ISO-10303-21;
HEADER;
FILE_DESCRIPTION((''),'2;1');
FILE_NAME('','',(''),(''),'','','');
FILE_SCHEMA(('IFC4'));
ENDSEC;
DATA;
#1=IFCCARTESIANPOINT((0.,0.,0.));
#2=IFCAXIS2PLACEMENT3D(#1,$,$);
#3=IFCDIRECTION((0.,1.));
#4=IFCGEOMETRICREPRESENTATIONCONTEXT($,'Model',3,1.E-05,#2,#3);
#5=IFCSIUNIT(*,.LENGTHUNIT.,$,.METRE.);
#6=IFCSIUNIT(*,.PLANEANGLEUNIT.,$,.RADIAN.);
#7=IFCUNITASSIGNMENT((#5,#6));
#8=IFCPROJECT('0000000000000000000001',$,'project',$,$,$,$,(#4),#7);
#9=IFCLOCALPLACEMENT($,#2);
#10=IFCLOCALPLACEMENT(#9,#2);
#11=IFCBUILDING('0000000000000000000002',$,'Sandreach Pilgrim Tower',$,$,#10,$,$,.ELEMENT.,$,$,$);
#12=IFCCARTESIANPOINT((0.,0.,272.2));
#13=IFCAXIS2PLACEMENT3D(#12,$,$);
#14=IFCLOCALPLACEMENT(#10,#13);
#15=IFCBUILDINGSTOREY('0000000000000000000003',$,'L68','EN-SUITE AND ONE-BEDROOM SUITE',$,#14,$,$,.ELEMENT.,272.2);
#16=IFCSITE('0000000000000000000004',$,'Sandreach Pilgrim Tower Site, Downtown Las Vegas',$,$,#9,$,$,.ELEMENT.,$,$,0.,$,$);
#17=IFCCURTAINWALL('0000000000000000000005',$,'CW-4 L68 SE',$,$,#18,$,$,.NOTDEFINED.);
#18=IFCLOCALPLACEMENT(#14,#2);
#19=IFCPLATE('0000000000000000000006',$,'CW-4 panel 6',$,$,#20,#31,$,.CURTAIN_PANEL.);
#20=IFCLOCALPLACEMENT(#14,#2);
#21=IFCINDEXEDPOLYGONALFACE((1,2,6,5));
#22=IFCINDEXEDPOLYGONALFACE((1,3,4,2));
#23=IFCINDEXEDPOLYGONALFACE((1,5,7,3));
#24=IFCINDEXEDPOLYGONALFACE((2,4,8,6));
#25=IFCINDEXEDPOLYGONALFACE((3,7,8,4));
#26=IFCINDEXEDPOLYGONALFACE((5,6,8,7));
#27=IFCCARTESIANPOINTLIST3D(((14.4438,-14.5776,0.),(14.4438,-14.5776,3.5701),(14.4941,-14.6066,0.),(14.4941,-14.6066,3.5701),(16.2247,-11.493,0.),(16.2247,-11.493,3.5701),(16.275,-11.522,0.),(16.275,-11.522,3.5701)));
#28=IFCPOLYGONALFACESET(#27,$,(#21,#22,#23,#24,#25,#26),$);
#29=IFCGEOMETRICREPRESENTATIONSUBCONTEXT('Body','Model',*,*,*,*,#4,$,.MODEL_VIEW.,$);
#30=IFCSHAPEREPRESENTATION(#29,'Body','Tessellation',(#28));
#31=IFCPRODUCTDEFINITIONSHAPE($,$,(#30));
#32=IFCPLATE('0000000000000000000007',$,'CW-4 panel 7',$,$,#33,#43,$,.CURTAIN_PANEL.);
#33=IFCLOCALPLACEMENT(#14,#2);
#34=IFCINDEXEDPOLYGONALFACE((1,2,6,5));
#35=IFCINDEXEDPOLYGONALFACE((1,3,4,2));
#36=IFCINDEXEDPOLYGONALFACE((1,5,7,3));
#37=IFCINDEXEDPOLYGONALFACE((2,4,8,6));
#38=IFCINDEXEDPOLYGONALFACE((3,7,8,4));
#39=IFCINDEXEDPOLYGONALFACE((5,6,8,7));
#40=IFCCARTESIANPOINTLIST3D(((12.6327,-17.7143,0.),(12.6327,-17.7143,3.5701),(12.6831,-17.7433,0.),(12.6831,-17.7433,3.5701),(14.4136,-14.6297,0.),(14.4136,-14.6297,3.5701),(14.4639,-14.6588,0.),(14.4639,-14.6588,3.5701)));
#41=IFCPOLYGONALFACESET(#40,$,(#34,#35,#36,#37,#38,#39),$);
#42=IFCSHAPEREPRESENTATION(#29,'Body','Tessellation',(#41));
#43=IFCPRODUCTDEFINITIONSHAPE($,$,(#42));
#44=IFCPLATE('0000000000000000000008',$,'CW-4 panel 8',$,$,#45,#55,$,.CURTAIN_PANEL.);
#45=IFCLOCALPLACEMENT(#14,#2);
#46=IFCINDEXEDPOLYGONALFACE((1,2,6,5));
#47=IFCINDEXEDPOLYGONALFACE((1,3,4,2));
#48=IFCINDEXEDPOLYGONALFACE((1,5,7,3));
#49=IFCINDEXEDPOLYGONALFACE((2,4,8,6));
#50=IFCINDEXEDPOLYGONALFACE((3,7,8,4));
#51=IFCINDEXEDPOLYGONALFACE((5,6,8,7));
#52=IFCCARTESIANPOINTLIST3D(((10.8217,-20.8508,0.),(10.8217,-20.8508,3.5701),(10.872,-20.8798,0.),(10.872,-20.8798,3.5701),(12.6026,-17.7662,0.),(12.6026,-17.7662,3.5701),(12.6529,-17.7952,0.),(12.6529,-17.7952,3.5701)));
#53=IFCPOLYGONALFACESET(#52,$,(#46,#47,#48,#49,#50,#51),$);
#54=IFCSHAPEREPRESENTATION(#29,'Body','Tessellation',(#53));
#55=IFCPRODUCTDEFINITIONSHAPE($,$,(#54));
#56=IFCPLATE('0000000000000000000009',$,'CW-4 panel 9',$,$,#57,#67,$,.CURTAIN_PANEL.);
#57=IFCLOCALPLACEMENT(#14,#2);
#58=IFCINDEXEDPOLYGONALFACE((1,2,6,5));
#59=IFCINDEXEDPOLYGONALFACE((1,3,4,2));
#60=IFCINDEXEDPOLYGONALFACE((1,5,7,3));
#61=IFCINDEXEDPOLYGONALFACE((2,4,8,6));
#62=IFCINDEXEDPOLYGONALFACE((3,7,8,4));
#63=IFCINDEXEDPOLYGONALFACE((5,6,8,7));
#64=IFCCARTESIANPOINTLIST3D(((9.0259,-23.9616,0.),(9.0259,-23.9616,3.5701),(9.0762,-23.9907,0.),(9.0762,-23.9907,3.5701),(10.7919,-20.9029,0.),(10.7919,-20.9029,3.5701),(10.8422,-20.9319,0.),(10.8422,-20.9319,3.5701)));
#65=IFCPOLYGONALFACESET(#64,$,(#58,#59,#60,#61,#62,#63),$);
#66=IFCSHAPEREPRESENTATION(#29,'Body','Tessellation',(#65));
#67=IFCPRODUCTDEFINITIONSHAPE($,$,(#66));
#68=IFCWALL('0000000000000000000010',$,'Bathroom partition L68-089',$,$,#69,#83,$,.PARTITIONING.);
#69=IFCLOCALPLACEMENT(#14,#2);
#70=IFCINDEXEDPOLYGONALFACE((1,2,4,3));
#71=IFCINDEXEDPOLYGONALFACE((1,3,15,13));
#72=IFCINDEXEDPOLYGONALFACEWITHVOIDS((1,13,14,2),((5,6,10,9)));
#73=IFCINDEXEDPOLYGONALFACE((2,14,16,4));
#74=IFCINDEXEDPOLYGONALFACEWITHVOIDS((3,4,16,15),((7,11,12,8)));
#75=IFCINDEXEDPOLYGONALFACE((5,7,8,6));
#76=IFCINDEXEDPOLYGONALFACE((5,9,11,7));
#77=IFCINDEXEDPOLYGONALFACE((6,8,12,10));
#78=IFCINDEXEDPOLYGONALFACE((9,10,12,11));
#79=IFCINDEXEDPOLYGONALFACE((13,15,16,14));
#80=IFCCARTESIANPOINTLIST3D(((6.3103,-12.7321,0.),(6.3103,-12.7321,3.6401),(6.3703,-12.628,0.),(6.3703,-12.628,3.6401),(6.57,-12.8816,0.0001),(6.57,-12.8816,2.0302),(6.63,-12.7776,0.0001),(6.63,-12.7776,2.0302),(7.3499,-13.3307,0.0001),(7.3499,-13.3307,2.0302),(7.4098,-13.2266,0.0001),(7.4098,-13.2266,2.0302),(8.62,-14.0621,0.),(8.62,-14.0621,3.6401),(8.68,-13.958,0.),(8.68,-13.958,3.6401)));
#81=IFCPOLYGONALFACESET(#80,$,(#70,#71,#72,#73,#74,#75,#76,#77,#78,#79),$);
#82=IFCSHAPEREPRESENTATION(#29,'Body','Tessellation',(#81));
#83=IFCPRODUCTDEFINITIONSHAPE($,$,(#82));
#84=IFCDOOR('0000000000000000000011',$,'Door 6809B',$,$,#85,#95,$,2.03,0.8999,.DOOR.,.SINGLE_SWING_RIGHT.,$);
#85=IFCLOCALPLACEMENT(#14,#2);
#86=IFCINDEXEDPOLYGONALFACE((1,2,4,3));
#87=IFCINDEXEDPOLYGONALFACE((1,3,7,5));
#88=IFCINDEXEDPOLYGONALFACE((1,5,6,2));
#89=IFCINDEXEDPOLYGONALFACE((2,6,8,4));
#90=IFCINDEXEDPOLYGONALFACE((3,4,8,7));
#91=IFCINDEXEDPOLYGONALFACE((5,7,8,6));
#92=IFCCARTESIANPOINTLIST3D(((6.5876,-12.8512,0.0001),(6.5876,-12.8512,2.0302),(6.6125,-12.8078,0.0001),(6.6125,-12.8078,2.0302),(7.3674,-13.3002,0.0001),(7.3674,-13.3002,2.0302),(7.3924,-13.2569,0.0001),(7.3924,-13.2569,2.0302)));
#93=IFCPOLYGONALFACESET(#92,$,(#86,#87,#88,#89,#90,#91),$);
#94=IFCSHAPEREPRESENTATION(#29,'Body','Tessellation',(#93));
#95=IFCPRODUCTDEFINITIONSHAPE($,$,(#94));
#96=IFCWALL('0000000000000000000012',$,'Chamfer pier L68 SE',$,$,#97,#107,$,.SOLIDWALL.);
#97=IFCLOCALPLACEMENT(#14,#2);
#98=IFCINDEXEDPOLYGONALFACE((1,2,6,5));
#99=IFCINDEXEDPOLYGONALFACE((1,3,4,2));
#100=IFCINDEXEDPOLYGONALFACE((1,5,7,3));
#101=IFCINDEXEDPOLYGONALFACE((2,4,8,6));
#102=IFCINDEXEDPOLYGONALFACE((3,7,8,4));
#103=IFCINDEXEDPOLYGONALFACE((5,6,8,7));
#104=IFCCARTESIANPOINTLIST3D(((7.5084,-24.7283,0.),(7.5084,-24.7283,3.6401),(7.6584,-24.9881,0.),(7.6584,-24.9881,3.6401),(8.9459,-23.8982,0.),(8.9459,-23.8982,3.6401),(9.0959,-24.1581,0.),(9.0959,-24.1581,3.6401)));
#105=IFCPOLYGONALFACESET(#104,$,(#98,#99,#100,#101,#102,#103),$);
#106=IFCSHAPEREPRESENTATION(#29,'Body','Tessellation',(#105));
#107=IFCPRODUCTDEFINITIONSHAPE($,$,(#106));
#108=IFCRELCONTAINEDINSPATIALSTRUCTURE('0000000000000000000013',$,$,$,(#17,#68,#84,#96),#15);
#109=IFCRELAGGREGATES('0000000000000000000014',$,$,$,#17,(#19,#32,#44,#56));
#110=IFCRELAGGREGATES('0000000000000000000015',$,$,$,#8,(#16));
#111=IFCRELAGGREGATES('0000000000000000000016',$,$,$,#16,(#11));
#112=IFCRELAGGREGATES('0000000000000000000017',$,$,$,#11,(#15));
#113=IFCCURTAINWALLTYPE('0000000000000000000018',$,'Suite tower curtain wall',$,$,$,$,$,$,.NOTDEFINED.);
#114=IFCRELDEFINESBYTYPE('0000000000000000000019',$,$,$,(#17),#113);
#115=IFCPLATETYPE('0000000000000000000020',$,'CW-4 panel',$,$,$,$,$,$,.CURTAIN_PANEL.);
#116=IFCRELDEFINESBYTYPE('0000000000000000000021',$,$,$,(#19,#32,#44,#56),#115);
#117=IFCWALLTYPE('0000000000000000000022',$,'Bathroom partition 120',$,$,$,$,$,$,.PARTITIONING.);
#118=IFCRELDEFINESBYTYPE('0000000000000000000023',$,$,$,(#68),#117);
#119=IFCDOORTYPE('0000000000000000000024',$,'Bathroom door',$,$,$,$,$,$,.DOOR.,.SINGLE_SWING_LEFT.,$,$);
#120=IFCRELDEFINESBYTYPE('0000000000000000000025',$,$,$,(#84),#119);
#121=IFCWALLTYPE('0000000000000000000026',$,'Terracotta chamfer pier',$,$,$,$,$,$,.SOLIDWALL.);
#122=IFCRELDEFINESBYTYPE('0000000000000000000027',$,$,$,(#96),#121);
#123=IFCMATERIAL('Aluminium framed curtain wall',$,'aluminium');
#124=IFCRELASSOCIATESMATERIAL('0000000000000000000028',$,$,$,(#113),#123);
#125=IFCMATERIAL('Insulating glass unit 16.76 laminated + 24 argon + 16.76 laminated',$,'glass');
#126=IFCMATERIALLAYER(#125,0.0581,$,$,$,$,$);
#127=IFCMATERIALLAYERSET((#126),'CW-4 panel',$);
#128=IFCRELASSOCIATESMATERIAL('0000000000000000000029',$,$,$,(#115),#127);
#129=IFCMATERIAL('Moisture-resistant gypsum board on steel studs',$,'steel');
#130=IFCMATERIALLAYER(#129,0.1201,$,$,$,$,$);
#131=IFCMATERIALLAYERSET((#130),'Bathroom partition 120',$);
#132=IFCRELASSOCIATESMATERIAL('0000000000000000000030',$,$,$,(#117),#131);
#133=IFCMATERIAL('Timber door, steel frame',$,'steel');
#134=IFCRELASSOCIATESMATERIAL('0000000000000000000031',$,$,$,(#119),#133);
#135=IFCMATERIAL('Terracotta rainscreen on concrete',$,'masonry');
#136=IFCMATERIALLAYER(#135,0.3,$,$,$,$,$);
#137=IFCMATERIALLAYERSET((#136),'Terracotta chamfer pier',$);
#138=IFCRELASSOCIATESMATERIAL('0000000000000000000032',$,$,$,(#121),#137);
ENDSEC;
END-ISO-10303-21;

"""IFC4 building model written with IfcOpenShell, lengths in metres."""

from ifc_helpers import new_model, si_unit, direction, frame, frame_2d, origin, origin_2d, place, context, subcontext, project, spatial, rectangle, extrude, material, layer, layer_set, type_object, element, fill, aggregate, save


model = new_model("IFC4")

# Units and contexts
model_context = context("Model", 3, precision=1e-05, world=origin(), true_north=direction((0.0, 1.0)))
body_context = subcontext(model_context, "Body", "Model", "MODEL_VIEW")
ifc_project = project(units=[si_unit("LENGTHUNIT", "METRE"), si_unit("PLANEANGLEUNIT", "RADIAN")], contexts=[model_context])

# Site, building, storey
site_placement = place(None, origin())
site = spatial("IfcSite", under=ifc_project, at=site_placement, Name="Sandreach Pilgrim Tower Site, Downtown Las Vegas", CompositionType="ELEMENT", RefElevation=0.0)
building_placement = place(site_placement, origin())
building = spatial("IfcBuilding", under=site, at=building_placement, Name="Sandreach Pilgrim Tower", CompositionType="ELEMENT")
storey_placement = place(building_placement, frame((0.0, 0.0, 272.2)))
storey = spatial("IfcBuildingStorey", under=building, at=storey_placement, Name="L68", Description="EN-SUITE AND ONE-BEDROOM SUITE", CompositionType="ELEMENT", Elevation=272.2)

# Curtain wall
ifc_material_1 = material(Name="Aluminium framed curtain wall", Category="aluminium")
curtain_wall_type = type_object("IfcCurtainWallType", Name="Suite tower curtain wall", PredefinedType="NOTDEFINED", material=ifc_material_1)
curtain_wall_1_placement = place(storey_placement, origin())
curtain_wall_1 = element("IfcCurtainWall", 1, at=curtain_wall_1_placement, inside=storey, type_object=curtain_wall_type, Name="CW-4 L68 SE", PredefinedType="NOTDEFINED")

# Plates
ifc_material_2 = material(Name="Insulating glass unit 16.76 laminated + 24 argon + 16.76 laminated", Category="glass")
ifc_layer_1 = layer(ifc_material_2, 0.0581)
ifc_layer_set_1 = layer_set([ifc_layer_1], Name="CW-4 panel")
plate_type = type_object("IfcPlateType", Name="CW-4 panel", PredefinedType="CURTAIN_PANEL", material=ifc_layer_set_1)
plate_1_placement = place(storey_placement, frame((15.3594, -13.0498, 0.0), z_axis=(0.0, 0.0, 1.0), x_axis=(-0.5, -0.866025, 0.0)))
plate_1 = element("IfcPlate", 2, at=plate_1_placement, type_object=plate_type, Name="CW-4 panel 6", PredefinedType="CURTAIN_PANEL", context=body_context, shape_type="SweptSolid", body=[
    extrude(rectangle(XDim=3.5618, YDim=0.0581, at=origin_2d()), origin(), (0.0, 0.0, 1.0), 3.5701),
])
plate_2_placement = place(storey_placement, frame((13.5483, -16.1865, 0.0), z_axis=(0.0, 0.0, 1.0), x_axis=(-0.5, -0.866025, 0.0)))
plate_2 = element("IfcPlate", 3, at=plate_2_placement, type_object=plate_type, Name="CW-4 panel 7", PredefinedType="CURTAIN_PANEL", context=body_context, shape_type="SweptSolid", body=[
    extrude(rectangle(XDim=3.5618, YDim=0.0581, at=origin_2d()), origin(), (0.0, 0.0, 1.0), 3.5701),
])
plate_3_placement = place(storey_placement, frame((11.7373, -19.323, 0.0), z_axis=(0.0, 0.0, 1.0), x_axis=(-0.5, -0.866025, 0.0)))
plate_3 = element("IfcPlate", 4, at=plate_3_placement, type_object=plate_type, Name="CW-4 panel 8", PredefinedType="CURTAIN_PANEL", context=body_context, shape_type="SweptSolid", body=[
    extrude(rectangle(XDim=3.5618, YDim=0.0581, at=origin_2d()), origin(), (0.0, 0.0, 1.0), 3.5701),
])
plate_4_placement = place(storey_placement, frame((9.9341, -22.4468, 0.0), z_axis=(0.0, 0.0, 1.0), x_axis=(-0.5, -0.866025, 0.0)))
plate_4 = element("IfcPlate", 5, at=plate_4_placement, type_object=plate_type, Name="CW-4 panel 9", PredefinedType="CURTAIN_PANEL", context=body_context, shape_type="SweptSolid", body=[
    extrude(rectangle(XDim=3.532, YDim=0.0581, at=origin_2d()), origin(), (0.0, 0.0, 1.0), 3.5701),
])
aggregate(curtain_wall_1, [plate_1, plate_2, plate_3, plate_4])

# Wall, opening, door
ifc_material_3 = material(Name="Moisture-resistant gypsum board on steel studs", Category="steel")
ifc_layer_2 = layer(ifc_material_3, 0.1201)
ifc_layer_set_2 = layer_set([ifc_layer_2], Name="Bathroom partition 120")
wall_type_1 = type_object("IfcWallType", Name="Bathroom partition 120", PredefinedType="PARTITIONING", material=ifc_layer_set_2)
wall_1_placement = place(storey_placement, frame((8.6499, -14.01, 0.0), z_axis=(0.0, 0.0, 1.0), x_axis=(-0.866592, 0.499017, 0.0)))
wall_1 = element("IfcWall", 6, at=wall_1_placement, inside=storey, type_object=wall_type_1, Name="Bathroom partition L68-089", PredefinedType="PARTITIONING", context=body_context, shape_type="SweptSolid", body=[
    extrude(rectangle(XDim=2.6653, YDim=0.1201, at=frame_2d((1.3325, 0.0))), origin(), (0.0, 0.0, 1.0), 3.6401),
])
opening_placement = place(wall_1_placement, frame((1.4656, 0.0, 0.0)))
opening = element("IfcOpeningElement", 7, at=opening_placement, cuts=wall_1, PredefinedType="OPENING", context=body_context, shape_type="SweptSolid", body=[
    extrude(rectangle(XDim=0.8999, YDim=2.03, at=frame_2d((0.45, 1.0151))), frame((0.0, 0.0601, 0.0), z_axis=(0.0, -1.0, 0.0), x_axis=(1.0, 0.0, 0.0)), (0.0, 0.0, 1.0), 0.1201),
])
ifc_material_4 = material(Name="Timber door, steel frame", Category="steel")
door_type = type_object("IfcDoorType", Name="Bathroom door", OperationType="SINGLE_SWING_LEFT", PredefinedType="DOOR", material=ifc_material_4)
door_placement = place(opening_placement, origin())
door = element("IfcDoor", 8, at=door_placement, inside=storey, type_object=door_type, Name="Door 6809B", OperationType="SINGLE_SWING_RIGHT", OverallHeight=2.03, OverallWidth=0.8999, PredefinedType="DOOR", context=body_context, shape_type="SweptSolid", body=[
    extrude(rectangle(XDim=0.8999, YDim=2.03, at=frame_2d((0.45, 1.0151))), frame((0.0, 0.0249, 0.0), z_axis=(0.0, -1.0, 0.0), x_axis=(1.0, 0.0, 0.0)), (0.0, 0.0, 1.0), 0.05),
])
fill(opening, door)

# Wall
ifc_material_5 = material(Name="Terracotta rainscreen on concrete", Category="masonry")
ifc_layer_3 = layer(ifc_material_5, 0.3)
ifc_layer_set_3 = layer_set([ifc_layer_3], Name="Terracotta chamfer pier")
wall_type_2 = type_object("IfcWallType", Name="Terracotta chamfer pier", PredefinedType="SOLIDWALL", material=ifc_layer_set_3)
wall_2_placement = place(storey_placement, frame((9.021, -24.0281, 0.0), z_axis=(0.0, 0.0, 1.0), x_axis=(-0.86599, -0.500062, 0.0)))
element("IfcWall", 9, at=wall_2_placement, inside=storey, type_object=wall_type_2, Name="Chamfer pier L68 SE", PredefinedType="SOLIDWALL", context=body_context, shape_type="SweptSolid", body=[
    extrude(rectangle(XDim=1.6599, YDim=0.3, at=frame_2d((0.8301, 0.0))), origin(), (0.0, 0.0, 1.0), 3.6401),
])

save(model, "model.ifc")
